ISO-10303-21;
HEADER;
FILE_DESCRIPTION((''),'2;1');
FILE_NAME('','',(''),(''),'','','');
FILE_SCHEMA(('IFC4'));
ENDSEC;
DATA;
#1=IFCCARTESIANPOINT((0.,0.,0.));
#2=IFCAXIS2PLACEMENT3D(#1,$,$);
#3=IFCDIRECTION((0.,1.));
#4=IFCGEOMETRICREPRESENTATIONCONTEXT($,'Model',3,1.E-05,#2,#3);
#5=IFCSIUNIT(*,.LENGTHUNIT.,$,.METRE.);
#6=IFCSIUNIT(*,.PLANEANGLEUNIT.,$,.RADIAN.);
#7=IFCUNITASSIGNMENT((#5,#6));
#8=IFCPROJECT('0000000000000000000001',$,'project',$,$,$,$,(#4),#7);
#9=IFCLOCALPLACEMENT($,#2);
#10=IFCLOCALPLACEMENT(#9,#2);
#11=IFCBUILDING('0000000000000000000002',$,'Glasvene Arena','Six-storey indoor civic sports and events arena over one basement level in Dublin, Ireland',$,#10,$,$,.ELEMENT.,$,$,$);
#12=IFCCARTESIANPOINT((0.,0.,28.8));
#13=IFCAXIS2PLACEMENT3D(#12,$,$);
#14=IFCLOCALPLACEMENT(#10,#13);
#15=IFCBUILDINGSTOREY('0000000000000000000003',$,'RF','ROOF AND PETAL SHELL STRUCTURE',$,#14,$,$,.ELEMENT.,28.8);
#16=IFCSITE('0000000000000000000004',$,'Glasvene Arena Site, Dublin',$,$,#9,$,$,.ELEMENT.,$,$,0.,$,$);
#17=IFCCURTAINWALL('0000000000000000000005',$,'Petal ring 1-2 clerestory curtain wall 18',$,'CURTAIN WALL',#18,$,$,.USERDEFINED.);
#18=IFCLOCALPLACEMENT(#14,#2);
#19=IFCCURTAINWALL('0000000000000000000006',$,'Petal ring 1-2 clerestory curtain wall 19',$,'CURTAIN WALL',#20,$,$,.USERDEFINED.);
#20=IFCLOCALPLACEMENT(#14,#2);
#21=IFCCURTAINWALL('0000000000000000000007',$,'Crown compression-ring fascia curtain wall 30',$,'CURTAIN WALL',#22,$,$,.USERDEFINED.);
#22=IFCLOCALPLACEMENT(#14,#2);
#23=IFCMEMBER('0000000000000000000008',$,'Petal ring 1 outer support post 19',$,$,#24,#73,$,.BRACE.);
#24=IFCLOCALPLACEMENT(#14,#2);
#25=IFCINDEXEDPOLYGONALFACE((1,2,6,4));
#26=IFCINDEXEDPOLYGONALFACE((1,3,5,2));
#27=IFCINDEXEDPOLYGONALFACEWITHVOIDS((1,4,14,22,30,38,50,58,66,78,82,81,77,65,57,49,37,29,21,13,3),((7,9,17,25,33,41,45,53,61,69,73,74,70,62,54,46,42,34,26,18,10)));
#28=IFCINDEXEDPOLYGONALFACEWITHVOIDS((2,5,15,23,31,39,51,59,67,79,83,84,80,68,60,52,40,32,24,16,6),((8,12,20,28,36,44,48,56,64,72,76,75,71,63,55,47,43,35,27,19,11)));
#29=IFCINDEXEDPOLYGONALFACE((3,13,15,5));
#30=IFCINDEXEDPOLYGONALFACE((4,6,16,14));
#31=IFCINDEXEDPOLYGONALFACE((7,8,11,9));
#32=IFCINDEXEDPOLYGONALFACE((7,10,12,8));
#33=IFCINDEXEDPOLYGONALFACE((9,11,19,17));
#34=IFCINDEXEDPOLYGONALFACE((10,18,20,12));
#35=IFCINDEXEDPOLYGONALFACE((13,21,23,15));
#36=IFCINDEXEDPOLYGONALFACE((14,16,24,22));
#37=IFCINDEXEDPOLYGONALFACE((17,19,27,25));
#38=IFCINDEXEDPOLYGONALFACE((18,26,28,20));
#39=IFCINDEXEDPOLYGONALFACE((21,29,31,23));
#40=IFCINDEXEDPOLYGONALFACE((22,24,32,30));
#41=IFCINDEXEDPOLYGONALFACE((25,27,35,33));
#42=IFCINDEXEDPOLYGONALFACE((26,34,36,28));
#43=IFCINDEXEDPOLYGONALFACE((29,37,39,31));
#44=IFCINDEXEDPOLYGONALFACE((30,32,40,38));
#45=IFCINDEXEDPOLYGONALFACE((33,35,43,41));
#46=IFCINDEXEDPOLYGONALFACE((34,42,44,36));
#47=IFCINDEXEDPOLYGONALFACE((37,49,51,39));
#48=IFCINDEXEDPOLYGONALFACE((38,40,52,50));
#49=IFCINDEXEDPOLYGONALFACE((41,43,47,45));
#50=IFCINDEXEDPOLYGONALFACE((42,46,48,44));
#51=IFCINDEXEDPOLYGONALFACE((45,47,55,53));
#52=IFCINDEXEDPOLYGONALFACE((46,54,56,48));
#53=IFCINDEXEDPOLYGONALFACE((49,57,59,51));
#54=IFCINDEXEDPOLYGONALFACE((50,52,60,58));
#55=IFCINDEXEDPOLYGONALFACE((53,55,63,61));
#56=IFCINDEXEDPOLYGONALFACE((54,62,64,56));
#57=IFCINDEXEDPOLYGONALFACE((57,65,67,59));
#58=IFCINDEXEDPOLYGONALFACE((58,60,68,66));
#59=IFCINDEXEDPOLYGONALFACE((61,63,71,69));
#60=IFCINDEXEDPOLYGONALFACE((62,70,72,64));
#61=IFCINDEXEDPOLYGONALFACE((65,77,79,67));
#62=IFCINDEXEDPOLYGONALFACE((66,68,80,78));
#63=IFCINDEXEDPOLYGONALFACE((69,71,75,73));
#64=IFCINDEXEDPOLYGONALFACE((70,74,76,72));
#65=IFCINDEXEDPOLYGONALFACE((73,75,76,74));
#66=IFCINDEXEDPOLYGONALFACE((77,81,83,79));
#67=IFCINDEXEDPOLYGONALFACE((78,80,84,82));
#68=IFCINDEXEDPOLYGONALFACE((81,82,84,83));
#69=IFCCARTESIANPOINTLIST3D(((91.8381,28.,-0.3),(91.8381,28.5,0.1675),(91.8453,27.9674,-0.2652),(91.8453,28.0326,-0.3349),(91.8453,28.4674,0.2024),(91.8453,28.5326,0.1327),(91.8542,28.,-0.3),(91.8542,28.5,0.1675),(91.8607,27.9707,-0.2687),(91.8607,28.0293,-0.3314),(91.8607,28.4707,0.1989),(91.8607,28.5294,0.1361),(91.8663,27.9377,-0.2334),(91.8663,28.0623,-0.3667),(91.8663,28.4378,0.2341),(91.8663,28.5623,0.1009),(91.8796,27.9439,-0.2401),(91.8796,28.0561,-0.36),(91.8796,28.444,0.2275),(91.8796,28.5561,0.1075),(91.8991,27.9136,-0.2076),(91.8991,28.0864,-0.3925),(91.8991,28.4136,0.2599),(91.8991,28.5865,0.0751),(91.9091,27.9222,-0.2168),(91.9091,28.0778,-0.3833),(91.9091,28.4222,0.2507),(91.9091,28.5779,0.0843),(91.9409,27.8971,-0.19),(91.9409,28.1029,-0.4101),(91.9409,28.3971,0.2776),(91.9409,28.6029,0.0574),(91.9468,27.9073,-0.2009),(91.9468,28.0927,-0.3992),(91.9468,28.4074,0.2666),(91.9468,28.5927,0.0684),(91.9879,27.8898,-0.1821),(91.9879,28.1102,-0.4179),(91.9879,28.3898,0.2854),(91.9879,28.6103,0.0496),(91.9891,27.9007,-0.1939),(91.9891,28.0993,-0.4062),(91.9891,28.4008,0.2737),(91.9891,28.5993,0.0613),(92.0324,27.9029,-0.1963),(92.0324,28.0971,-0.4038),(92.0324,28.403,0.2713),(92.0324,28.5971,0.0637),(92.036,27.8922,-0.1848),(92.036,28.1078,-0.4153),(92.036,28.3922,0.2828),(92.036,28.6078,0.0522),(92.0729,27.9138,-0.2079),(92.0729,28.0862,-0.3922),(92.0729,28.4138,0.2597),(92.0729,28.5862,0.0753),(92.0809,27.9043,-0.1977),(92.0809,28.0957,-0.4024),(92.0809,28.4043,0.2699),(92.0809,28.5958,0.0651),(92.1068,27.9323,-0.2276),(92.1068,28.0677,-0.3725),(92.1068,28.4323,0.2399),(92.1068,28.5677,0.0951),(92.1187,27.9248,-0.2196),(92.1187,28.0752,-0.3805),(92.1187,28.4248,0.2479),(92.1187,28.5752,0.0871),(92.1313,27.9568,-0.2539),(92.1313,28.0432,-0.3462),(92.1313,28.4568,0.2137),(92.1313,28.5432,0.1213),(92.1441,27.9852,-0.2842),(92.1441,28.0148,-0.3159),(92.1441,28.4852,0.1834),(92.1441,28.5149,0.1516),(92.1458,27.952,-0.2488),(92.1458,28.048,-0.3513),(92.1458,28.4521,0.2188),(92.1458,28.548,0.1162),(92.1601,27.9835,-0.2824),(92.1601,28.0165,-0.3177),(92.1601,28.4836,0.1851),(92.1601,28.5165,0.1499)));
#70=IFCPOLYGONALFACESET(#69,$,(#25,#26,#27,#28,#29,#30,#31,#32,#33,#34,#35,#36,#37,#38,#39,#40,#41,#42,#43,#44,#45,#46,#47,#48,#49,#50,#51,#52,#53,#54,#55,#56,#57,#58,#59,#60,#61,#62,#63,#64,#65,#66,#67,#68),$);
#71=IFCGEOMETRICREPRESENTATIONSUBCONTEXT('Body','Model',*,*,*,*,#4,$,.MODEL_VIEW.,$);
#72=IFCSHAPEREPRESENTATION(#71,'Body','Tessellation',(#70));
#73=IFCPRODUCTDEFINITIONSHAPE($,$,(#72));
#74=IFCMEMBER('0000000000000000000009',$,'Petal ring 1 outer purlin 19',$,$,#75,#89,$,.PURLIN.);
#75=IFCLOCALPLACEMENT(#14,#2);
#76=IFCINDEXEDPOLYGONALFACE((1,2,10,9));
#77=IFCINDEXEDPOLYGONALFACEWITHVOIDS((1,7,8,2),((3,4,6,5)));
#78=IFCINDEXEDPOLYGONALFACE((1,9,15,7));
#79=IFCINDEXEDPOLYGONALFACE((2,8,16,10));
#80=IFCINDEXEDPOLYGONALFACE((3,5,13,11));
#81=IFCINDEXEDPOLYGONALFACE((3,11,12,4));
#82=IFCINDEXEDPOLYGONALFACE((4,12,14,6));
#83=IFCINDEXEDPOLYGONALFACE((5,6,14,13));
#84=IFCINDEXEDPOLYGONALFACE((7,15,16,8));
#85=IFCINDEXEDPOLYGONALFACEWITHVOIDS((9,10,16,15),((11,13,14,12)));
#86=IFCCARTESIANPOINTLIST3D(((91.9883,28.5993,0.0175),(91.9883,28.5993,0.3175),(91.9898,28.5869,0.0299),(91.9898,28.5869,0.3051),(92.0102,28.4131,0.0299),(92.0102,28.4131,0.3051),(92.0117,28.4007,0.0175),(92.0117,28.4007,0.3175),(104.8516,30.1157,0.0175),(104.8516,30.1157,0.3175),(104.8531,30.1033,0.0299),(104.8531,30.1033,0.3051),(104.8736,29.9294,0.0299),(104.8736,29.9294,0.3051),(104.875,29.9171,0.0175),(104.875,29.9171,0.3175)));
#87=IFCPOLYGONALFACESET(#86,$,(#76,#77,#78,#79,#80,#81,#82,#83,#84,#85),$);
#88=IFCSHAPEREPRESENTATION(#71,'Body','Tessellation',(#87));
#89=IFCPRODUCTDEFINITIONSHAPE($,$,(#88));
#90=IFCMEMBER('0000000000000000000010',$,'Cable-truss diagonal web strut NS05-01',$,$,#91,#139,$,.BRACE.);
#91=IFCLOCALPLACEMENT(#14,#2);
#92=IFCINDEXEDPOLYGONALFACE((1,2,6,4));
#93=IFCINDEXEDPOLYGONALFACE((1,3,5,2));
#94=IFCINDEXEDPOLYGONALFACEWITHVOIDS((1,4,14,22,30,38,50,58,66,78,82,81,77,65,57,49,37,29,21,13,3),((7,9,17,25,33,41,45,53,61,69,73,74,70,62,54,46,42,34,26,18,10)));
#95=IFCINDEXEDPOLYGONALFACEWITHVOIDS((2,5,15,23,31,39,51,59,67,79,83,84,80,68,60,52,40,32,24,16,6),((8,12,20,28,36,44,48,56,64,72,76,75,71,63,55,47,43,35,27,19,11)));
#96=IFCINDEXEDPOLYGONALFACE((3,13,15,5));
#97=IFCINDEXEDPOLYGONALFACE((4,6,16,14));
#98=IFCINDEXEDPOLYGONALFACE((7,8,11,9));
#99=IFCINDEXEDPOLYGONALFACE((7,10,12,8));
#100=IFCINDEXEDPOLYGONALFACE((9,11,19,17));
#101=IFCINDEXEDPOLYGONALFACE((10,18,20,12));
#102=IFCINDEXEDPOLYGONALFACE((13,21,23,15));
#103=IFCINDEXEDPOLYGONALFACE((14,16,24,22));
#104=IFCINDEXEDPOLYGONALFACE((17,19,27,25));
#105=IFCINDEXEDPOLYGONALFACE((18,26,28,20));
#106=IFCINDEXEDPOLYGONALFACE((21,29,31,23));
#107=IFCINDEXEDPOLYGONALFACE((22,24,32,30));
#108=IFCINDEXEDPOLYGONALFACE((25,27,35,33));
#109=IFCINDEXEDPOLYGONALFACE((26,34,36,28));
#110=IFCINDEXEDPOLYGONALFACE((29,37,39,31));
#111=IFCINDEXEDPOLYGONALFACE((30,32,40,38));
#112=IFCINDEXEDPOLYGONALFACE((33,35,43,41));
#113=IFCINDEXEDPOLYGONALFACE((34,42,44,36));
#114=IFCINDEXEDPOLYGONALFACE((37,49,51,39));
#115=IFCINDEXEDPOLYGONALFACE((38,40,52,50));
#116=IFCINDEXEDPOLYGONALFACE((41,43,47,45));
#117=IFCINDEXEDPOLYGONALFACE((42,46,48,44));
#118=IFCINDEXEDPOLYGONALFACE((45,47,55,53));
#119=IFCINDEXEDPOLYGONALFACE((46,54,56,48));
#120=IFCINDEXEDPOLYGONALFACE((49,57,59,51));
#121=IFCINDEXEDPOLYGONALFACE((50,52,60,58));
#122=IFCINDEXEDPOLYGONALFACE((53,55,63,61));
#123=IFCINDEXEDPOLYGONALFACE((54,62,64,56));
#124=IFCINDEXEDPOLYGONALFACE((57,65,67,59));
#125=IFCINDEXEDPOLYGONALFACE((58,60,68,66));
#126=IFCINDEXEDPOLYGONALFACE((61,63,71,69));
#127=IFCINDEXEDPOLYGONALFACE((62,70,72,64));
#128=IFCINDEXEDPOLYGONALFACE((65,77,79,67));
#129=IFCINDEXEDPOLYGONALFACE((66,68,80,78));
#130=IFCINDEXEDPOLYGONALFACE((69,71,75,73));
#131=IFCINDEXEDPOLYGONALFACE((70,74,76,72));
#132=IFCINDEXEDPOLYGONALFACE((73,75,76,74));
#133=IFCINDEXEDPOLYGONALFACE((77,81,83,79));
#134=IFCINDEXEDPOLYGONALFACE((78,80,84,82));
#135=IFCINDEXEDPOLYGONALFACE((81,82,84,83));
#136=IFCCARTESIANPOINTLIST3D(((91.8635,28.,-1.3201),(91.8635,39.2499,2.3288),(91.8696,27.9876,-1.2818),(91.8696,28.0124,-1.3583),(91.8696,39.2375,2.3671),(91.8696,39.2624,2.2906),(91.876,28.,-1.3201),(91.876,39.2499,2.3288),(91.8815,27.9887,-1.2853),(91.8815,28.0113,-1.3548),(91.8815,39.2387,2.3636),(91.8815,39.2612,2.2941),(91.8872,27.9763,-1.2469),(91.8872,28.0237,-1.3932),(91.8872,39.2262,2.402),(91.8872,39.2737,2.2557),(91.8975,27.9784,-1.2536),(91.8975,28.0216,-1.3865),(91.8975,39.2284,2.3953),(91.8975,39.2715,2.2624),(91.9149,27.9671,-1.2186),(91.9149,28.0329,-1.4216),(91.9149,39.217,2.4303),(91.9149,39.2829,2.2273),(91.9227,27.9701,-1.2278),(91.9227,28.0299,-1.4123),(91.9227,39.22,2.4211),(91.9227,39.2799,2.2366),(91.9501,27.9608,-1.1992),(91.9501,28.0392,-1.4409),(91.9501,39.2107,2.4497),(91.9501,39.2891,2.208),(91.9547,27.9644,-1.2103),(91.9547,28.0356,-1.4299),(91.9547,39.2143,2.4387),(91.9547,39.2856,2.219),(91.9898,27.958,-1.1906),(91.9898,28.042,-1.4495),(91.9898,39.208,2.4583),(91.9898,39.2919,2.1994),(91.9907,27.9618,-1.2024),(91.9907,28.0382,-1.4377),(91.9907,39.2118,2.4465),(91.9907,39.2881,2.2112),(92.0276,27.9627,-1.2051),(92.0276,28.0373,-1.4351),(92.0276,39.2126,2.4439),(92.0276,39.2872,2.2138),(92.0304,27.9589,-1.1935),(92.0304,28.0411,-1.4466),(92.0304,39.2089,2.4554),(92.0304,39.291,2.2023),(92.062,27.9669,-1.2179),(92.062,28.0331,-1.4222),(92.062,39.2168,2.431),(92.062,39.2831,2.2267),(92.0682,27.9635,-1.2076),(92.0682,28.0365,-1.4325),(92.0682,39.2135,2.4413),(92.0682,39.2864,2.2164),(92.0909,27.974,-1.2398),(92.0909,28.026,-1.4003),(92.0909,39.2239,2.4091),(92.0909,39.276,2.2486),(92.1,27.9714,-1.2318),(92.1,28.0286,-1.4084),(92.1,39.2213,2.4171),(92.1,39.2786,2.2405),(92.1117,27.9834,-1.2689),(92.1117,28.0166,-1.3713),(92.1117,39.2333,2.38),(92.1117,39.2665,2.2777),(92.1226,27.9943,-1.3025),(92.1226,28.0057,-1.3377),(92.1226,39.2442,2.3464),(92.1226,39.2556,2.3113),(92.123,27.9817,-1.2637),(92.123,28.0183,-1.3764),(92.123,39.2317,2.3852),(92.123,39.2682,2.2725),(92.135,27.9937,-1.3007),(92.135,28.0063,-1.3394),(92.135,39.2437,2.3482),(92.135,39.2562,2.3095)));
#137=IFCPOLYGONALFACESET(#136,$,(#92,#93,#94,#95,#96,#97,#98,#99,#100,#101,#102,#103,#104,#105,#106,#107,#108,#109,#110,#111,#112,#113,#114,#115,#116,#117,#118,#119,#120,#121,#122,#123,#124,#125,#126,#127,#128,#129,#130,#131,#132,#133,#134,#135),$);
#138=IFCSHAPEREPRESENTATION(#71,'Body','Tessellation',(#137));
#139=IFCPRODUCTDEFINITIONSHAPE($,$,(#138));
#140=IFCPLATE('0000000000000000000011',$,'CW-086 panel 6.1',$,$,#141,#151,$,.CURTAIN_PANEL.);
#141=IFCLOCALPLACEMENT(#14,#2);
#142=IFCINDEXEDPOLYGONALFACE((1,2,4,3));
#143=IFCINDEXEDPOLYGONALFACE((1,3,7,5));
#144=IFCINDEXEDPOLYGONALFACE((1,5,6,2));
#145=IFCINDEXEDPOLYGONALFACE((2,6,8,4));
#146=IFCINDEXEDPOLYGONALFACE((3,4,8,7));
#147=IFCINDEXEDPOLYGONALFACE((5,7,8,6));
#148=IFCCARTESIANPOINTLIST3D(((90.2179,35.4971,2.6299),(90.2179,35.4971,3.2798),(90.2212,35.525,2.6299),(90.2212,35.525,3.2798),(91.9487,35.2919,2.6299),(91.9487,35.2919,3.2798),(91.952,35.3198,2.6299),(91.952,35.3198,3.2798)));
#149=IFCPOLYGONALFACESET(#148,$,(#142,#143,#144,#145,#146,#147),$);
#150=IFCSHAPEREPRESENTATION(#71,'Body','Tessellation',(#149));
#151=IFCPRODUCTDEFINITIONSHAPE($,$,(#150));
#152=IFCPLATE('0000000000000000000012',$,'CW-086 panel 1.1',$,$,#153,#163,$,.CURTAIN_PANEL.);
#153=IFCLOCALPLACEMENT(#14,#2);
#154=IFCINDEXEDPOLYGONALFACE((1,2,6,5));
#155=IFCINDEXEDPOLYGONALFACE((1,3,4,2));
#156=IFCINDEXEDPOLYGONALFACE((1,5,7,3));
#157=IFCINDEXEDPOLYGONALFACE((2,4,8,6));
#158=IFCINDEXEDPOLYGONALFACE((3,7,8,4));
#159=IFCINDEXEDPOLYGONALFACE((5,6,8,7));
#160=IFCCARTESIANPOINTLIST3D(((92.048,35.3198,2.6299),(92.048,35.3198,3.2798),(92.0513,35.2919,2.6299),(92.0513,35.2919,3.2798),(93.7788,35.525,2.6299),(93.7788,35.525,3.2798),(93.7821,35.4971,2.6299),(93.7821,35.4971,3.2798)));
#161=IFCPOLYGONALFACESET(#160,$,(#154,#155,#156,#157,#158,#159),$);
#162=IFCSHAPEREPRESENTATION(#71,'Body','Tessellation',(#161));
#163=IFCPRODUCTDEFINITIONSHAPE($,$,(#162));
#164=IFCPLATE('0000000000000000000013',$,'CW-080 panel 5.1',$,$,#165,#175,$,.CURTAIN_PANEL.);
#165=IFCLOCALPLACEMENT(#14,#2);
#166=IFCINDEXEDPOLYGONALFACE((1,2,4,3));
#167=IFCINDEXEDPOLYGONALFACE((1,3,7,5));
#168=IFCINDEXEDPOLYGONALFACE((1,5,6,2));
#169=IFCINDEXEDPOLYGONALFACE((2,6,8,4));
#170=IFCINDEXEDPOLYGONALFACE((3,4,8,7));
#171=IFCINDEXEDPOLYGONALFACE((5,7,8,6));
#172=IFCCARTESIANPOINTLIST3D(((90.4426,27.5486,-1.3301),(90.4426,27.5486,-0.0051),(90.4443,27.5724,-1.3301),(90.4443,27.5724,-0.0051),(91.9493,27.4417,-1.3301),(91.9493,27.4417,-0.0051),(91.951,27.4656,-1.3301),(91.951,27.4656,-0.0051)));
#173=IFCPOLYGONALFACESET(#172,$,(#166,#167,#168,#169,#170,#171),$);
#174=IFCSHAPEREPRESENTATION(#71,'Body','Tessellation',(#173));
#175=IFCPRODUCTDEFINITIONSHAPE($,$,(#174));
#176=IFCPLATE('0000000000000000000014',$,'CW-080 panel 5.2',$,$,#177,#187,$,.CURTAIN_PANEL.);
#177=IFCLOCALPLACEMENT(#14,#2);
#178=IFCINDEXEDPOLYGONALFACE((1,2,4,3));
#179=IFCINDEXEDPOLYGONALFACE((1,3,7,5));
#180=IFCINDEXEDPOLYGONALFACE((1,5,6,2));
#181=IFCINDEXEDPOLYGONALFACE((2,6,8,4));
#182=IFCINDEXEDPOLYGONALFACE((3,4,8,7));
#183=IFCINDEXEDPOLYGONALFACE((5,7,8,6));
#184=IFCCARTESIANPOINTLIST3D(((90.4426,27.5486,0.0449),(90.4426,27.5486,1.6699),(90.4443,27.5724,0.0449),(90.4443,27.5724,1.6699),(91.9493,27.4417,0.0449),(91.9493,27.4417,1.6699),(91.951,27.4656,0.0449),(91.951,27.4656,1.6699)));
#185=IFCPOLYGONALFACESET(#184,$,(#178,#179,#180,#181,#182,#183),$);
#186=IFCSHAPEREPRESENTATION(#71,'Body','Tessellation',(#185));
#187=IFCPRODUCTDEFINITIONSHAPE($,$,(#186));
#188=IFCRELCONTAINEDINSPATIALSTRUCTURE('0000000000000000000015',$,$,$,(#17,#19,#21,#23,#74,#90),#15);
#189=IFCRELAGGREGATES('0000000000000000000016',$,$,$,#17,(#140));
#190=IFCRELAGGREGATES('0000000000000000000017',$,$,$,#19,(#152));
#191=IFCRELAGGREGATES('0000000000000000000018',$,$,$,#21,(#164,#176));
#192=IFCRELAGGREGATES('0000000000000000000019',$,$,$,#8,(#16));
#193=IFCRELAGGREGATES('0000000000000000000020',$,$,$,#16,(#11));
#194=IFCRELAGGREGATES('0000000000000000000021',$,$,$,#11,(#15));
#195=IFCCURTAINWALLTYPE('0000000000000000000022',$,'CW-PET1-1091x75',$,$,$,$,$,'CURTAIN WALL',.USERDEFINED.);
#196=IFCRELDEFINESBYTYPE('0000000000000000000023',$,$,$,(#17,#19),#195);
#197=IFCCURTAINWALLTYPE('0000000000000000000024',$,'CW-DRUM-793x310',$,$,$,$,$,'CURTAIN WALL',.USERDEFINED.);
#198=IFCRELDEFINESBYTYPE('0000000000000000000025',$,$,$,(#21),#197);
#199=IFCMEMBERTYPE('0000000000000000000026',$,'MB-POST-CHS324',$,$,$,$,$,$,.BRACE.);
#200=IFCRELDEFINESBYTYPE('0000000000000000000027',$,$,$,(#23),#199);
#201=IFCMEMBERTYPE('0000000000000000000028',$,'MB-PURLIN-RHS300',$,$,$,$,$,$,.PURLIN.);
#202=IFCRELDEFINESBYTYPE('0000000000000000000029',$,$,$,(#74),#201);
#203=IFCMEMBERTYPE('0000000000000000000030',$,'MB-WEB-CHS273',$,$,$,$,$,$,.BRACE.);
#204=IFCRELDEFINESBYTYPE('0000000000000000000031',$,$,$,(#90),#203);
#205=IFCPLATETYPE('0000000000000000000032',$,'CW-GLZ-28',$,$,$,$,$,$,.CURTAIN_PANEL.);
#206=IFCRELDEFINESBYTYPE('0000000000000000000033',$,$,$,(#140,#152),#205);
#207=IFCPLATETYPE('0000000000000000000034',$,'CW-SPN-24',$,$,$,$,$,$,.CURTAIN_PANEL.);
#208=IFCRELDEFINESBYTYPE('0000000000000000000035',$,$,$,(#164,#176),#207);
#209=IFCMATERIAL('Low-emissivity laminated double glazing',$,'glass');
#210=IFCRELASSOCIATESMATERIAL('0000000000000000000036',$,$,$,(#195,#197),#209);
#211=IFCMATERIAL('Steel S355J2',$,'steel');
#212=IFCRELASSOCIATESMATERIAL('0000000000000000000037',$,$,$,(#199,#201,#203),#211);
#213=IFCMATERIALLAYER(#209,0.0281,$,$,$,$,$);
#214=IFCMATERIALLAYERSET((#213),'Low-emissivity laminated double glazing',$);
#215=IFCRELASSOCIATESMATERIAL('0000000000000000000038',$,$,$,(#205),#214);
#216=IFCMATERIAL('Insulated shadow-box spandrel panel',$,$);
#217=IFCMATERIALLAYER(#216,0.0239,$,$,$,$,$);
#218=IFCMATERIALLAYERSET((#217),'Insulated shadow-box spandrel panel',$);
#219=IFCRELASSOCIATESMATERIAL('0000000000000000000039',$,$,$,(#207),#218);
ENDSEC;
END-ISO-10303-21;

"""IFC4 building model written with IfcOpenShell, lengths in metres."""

from ifc_helpers import new_model, si_unit, direction, frame, origin, origin_2d, place, context, subcontext, project, spatial, rectangle, hollow_rectangle, hollow_circle, extrude, material, layer, layer_set, material_profile, profile_set, type_object, element, aggregate, save


model = new_model("IFC4")

# Units and contexts
model_context = context("Model", 3, precision=1e-05, world=origin(), true_north=direction((0.0, 1.0)))
body_context = subcontext(model_context, "Body", "Model", "MODEL_VIEW")
ifc_project = project(units=[si_unit("LENGTHUNIT", "METRE"), si_unit("PLANEANGLEUNIT", "RADIAN")], contexts=[model_context])

# Site, building, storey
site_placement = place(None, origin())
site = spatial("IfcSite", under=ifc_project, at=site_placement, Name="Glasvene Arena Site, Dublin", CompositionType="ELEMENT", RefElevation=0.0)
building_placement = place(site_placement, origin())
building = spatial("IfcBuilding", under=site, at=building_placement, Name="Glasvene Arena", Description="Six-storey indoor civic sports and events arena over one basement level in Dublin, Ireland", CompositionType="ELEMENT")
storey_placement = place(building_placement, frame((0.0, 0.0, 28.8)))
storey = spatial("IfcBuildingStorey", under=building, at=storey_placement, Name="RF", Description="ROOF AND PETAL SHELL STRUCTURE", CompositionType="ELEMENT", Elevation=28.8)

# Shared definitions
ifc_material_1 = material(Name="Steel S355J2", Category="steel")

# Curtain walls
ifc_material_2 = material(Name="Low-emissivity laminated double glazing", Category="glass")
curtain_wall_type_1 = type_object("IfcCurtainWallType", Name="CW-PET1-1091x75", ElementType="CURTAIN WALL", PredefinedType="USERDEFINED", material=ifc_material_2)
curtain_wall_1_placement = place(storey_placement, frame((81.1685, 36.5847, 0.0)))
curtain_wall_1 = element("IfcCurtainWall", 1, at=curtain_wall_1_placement, inside=storey, type_object=curtain_wall_type_1, Name="Petal ring 1-2 clerestory curtain wall 18", ObjectType="CURTAIN WALL", PredefinedType="USERDEFINED")
curtain_wall_2_placement = place(storey_placement, frame((92.0, 35.3, 0.0)))
curtain_wall_2 = element("IfcCurtainWall", 2, at=curtain_wall_2_placement, inside=storey, type_object=curtain_wall_type_1, Name="Petal ring 1-2 clerestory curtain wall 19", ObjectType="CURTAIN WALL", PredefinedType="USERDEFINED")
curtain_wall_type_2 = type_object("IfcCurtainWallType", Name="CW-DRUM-793x310", ElementType="CURTAIN WALL", PredefinedType="USERDEFINED", material=ifc_material_2)
curtain_wall_3_placement = place(storey_placement, frame((84.0923, 28.0107, 0.0)))
curtain_wall_3 = element("IfcCurtainWall", 3, at=curtain_wall_3_placement, inside=storey, type_object=curtain_wall_type_2, Name="Crown compression-ring fascia curtain wall 30", ObjectType="CURTAIN WALL", PredefinedType="USERDEFINED")

# Members
ifc_material_profile_1 = material_profile(ifc_material_1, hollow_circle(Radius=0.1619, WallThickness=0.0161, at=origin_2d()), Name="CHS 323.9x16.0")
ifc_profile_set_1 = profile_set([ifc_material_profile_1], Name="Steel S355J2")
member_type_1 = type_object("IfcMemberType", Name="MB-POST-CHS324", PredefinedType="BRACE", material=ifc_profile_set_1)
member_1_placement = place(storey_placement, frame((92.0, 28.0, -0.3), z_axis=(0.0, 0.730426, 0.682991), x_axis=(-1.0, 0.0, 0.0)))
element("IfcMember", 4, at=member_1_placement, inside=storey, type_object=member_type_1, Name="Petal ring 1 outer support post 19", PredefinedType="BRACE", context=body_context, shape_type="SweptSolid", body=[
    extrude(hollow_circle(Radius=0.1619, WallThickness=0.0161, at=origin_2d()), origin(), (0.0, 0.0, 1.0), 0.6846),
])
ifc_material_profile_2 = material_profile(ifc_material_1, hollow_rectangle(XDim=0.2, YDim=0.3, WallThickness=0.0125, at=origin_2d()), Name="RHS 300x200x12.5")
ifc_profile_set_2 = profile_set([ifc_material_profile_2], Name="Steel S355J2")
member_type_2 = type_object("IfcMemberType", Name="MB-PURLIN-RHS300", PredefinedType="PURLIN", material=ifc_profile_set_2)
member_2_placement = place(storey_placement, frame((92.0, 28.5, 0.1675), z_axis=(0.993123, 0.117072, 0.0), x_axis=(-0.117072, 0.993123, 0.0)))
element("IfcMember", 5, at=member_2_placement, inside=storey, type_object=member_type_2, Name="Petal ring 1 outer purlin 19", PredefinedType="PURLIN", context=body_context, shape_type="SweptSolid", body=[
    extrude(hollow_rectangle(XDim=0.2, YDim=0.3, WallThickness=0.0125, at=origin_2d()), origin(), (0.0, 0.0, 1.0), 12.9524),
])
ifc_material_profile_3 = material_profile(ifc_material_1, hollow_circle(Radius=0.1365, WallThickness=0.0125, at=origin_2d()), Name="CHS 273.0x12.5")
ifc_profile_set_3 = profile_set([ifc_material_profile_3], Name="Steel S355J2")
member_type_3 = type_object("IfcMemberType", Name="MB-WEB-CHS273", PredefinedType="BRACE", material=ifc_profile_set_3)
member_3_placement = place(storey_placement, frame((92.0, 28.0, -1.3201), z_axis=(0.0, 0.951216, 0.308526), x_axis=(-1.0, 0.0, 0.0)))
element("IfcMember", 6, at=member_3_placement, inside=storey, type_object=member_type_3, Name="Cable-truss diagonal web strut NS05-01", PredefinedType="BRACE", context=body_context, shape_type="SweptSolid", body=[
    extrude(hollow_circle(Radius=0.1365, WallThickness=0.0125, at=origin_2d()), origin(), (0.0, 0.0, 1.0), 11.8269),
])

# Plates
ifc_layer_1 = layer(ifc_material_2, 0.0281)
ifc_layer_set_1 = layer_set([ifc_layer_1], Name="Low-emissivity laminated double glazing")
plate_type_1 = type_object("IfcPlateType", Name="CW-GLZ-28", PredefinedType="CURTAIN_PANEL", material=ifc_layer_set_1)
plate_1_placement = place(storey_placement, frame((91.085, 35.4084, 2.6299), z_axis=(0.0, 0.0, 1.0), x_axis=(0.993041, -0.117772, 0.0)))
plate_1 = element("IfcPlate", 7, at=plate_1_placement, type_object=plate_type_1, Name="CW-086 panel 6.1", PredefinedType="CURTAIN_PANEL", context=body_context, shape_type="SweptSolid", body=[
    extrude(rectangle(XDim=1.7429, YDim=0.0281, at=origin_2d()), origin(), (0.0, 0.0, 1.0), 0.6499),
])
aggregate(curtain_wall_1, [plate_1])
plate_2_placement = place(storey_placement, frame((92.915, 35.4084, 2.6299), z_axis=(0.0, 0.0, 1.0), x_axis=(0.993041, 0.117772, 0.0)))
plate_2 = element("IfcPlate", 8, at=plate_2_placement, type_object=plate_type_1, Name="CW-086 panel 1.1", PredefinedType="CURTAIN_PANEL", context=body_context, shape_type="SweptSolid", body=[
    extrude(rectangle(XDim=1.7429, YDim=0.0281, at=origin_2d()), origin(), (0.0, 0.0, 1.0), 0.6499),
])
aggregate(curtain_wall_2, [plate_2])
ifc_material_3 = material(Name="Insulated shadow-box spandrel panel")
ifc_layer_2 = layer(ifc_material_3, 0.0239)
ifc_layer_set_2 = layer_set([ifc_layer_2], Name="Insulated shadow-box spandrel panel")
plate_type_2 = type_object("IfcPlateType", Name="CW-SPN-24", PredefinedType="CURTAIN_PANEL", material=ifc_layer_set_2)
plate_3_placement = place(storey_placement, frame((91.1968, 27.5071, -1.3301), z_axis=(0.0, 0.0, 1.0), x_axis=(0.997495, -0.07074, 0.0)))
plate_3 = element("IfcPlate", 9, at=plate_3_placement, type_object=plate_type_2, Name="CW-080 panel 5.1", PredefinedType="CURTAIN_PANEL", context=body_context, shape_type="SweptSolid", body=[
    extrude(rectangle(XDim=1.5105, YDim=0.0239, at=origin_2d()), origin(), (0.0, 0.0, 1.0), 1.325),
])
plate_4_placement = place(storey_placement, frame((91.1968, 27.5071, 0.0449), z_axis=(0.0, 0.0, 1.0), x_axis=(0.997495, -0.07074, 0.0)))
plate_4 = element("IfcPlate", 10, at=plate_4_placement, type_object=plate_type_2, Name="CW-080 panel 5.2", PredefinedType="CURTAIN_PANEL", context=body_context, shape_type="SweptSolid", body=[
    extrude(rectangle(XDim=1.5105, YDim=0.0239, at=origin_2d()), origin(), (0.0, 0.0, 1.0), 1.625),
])
aggregate(curtain_wall_3, [plate_3, plate_4])

save(model, "model.ifc")
